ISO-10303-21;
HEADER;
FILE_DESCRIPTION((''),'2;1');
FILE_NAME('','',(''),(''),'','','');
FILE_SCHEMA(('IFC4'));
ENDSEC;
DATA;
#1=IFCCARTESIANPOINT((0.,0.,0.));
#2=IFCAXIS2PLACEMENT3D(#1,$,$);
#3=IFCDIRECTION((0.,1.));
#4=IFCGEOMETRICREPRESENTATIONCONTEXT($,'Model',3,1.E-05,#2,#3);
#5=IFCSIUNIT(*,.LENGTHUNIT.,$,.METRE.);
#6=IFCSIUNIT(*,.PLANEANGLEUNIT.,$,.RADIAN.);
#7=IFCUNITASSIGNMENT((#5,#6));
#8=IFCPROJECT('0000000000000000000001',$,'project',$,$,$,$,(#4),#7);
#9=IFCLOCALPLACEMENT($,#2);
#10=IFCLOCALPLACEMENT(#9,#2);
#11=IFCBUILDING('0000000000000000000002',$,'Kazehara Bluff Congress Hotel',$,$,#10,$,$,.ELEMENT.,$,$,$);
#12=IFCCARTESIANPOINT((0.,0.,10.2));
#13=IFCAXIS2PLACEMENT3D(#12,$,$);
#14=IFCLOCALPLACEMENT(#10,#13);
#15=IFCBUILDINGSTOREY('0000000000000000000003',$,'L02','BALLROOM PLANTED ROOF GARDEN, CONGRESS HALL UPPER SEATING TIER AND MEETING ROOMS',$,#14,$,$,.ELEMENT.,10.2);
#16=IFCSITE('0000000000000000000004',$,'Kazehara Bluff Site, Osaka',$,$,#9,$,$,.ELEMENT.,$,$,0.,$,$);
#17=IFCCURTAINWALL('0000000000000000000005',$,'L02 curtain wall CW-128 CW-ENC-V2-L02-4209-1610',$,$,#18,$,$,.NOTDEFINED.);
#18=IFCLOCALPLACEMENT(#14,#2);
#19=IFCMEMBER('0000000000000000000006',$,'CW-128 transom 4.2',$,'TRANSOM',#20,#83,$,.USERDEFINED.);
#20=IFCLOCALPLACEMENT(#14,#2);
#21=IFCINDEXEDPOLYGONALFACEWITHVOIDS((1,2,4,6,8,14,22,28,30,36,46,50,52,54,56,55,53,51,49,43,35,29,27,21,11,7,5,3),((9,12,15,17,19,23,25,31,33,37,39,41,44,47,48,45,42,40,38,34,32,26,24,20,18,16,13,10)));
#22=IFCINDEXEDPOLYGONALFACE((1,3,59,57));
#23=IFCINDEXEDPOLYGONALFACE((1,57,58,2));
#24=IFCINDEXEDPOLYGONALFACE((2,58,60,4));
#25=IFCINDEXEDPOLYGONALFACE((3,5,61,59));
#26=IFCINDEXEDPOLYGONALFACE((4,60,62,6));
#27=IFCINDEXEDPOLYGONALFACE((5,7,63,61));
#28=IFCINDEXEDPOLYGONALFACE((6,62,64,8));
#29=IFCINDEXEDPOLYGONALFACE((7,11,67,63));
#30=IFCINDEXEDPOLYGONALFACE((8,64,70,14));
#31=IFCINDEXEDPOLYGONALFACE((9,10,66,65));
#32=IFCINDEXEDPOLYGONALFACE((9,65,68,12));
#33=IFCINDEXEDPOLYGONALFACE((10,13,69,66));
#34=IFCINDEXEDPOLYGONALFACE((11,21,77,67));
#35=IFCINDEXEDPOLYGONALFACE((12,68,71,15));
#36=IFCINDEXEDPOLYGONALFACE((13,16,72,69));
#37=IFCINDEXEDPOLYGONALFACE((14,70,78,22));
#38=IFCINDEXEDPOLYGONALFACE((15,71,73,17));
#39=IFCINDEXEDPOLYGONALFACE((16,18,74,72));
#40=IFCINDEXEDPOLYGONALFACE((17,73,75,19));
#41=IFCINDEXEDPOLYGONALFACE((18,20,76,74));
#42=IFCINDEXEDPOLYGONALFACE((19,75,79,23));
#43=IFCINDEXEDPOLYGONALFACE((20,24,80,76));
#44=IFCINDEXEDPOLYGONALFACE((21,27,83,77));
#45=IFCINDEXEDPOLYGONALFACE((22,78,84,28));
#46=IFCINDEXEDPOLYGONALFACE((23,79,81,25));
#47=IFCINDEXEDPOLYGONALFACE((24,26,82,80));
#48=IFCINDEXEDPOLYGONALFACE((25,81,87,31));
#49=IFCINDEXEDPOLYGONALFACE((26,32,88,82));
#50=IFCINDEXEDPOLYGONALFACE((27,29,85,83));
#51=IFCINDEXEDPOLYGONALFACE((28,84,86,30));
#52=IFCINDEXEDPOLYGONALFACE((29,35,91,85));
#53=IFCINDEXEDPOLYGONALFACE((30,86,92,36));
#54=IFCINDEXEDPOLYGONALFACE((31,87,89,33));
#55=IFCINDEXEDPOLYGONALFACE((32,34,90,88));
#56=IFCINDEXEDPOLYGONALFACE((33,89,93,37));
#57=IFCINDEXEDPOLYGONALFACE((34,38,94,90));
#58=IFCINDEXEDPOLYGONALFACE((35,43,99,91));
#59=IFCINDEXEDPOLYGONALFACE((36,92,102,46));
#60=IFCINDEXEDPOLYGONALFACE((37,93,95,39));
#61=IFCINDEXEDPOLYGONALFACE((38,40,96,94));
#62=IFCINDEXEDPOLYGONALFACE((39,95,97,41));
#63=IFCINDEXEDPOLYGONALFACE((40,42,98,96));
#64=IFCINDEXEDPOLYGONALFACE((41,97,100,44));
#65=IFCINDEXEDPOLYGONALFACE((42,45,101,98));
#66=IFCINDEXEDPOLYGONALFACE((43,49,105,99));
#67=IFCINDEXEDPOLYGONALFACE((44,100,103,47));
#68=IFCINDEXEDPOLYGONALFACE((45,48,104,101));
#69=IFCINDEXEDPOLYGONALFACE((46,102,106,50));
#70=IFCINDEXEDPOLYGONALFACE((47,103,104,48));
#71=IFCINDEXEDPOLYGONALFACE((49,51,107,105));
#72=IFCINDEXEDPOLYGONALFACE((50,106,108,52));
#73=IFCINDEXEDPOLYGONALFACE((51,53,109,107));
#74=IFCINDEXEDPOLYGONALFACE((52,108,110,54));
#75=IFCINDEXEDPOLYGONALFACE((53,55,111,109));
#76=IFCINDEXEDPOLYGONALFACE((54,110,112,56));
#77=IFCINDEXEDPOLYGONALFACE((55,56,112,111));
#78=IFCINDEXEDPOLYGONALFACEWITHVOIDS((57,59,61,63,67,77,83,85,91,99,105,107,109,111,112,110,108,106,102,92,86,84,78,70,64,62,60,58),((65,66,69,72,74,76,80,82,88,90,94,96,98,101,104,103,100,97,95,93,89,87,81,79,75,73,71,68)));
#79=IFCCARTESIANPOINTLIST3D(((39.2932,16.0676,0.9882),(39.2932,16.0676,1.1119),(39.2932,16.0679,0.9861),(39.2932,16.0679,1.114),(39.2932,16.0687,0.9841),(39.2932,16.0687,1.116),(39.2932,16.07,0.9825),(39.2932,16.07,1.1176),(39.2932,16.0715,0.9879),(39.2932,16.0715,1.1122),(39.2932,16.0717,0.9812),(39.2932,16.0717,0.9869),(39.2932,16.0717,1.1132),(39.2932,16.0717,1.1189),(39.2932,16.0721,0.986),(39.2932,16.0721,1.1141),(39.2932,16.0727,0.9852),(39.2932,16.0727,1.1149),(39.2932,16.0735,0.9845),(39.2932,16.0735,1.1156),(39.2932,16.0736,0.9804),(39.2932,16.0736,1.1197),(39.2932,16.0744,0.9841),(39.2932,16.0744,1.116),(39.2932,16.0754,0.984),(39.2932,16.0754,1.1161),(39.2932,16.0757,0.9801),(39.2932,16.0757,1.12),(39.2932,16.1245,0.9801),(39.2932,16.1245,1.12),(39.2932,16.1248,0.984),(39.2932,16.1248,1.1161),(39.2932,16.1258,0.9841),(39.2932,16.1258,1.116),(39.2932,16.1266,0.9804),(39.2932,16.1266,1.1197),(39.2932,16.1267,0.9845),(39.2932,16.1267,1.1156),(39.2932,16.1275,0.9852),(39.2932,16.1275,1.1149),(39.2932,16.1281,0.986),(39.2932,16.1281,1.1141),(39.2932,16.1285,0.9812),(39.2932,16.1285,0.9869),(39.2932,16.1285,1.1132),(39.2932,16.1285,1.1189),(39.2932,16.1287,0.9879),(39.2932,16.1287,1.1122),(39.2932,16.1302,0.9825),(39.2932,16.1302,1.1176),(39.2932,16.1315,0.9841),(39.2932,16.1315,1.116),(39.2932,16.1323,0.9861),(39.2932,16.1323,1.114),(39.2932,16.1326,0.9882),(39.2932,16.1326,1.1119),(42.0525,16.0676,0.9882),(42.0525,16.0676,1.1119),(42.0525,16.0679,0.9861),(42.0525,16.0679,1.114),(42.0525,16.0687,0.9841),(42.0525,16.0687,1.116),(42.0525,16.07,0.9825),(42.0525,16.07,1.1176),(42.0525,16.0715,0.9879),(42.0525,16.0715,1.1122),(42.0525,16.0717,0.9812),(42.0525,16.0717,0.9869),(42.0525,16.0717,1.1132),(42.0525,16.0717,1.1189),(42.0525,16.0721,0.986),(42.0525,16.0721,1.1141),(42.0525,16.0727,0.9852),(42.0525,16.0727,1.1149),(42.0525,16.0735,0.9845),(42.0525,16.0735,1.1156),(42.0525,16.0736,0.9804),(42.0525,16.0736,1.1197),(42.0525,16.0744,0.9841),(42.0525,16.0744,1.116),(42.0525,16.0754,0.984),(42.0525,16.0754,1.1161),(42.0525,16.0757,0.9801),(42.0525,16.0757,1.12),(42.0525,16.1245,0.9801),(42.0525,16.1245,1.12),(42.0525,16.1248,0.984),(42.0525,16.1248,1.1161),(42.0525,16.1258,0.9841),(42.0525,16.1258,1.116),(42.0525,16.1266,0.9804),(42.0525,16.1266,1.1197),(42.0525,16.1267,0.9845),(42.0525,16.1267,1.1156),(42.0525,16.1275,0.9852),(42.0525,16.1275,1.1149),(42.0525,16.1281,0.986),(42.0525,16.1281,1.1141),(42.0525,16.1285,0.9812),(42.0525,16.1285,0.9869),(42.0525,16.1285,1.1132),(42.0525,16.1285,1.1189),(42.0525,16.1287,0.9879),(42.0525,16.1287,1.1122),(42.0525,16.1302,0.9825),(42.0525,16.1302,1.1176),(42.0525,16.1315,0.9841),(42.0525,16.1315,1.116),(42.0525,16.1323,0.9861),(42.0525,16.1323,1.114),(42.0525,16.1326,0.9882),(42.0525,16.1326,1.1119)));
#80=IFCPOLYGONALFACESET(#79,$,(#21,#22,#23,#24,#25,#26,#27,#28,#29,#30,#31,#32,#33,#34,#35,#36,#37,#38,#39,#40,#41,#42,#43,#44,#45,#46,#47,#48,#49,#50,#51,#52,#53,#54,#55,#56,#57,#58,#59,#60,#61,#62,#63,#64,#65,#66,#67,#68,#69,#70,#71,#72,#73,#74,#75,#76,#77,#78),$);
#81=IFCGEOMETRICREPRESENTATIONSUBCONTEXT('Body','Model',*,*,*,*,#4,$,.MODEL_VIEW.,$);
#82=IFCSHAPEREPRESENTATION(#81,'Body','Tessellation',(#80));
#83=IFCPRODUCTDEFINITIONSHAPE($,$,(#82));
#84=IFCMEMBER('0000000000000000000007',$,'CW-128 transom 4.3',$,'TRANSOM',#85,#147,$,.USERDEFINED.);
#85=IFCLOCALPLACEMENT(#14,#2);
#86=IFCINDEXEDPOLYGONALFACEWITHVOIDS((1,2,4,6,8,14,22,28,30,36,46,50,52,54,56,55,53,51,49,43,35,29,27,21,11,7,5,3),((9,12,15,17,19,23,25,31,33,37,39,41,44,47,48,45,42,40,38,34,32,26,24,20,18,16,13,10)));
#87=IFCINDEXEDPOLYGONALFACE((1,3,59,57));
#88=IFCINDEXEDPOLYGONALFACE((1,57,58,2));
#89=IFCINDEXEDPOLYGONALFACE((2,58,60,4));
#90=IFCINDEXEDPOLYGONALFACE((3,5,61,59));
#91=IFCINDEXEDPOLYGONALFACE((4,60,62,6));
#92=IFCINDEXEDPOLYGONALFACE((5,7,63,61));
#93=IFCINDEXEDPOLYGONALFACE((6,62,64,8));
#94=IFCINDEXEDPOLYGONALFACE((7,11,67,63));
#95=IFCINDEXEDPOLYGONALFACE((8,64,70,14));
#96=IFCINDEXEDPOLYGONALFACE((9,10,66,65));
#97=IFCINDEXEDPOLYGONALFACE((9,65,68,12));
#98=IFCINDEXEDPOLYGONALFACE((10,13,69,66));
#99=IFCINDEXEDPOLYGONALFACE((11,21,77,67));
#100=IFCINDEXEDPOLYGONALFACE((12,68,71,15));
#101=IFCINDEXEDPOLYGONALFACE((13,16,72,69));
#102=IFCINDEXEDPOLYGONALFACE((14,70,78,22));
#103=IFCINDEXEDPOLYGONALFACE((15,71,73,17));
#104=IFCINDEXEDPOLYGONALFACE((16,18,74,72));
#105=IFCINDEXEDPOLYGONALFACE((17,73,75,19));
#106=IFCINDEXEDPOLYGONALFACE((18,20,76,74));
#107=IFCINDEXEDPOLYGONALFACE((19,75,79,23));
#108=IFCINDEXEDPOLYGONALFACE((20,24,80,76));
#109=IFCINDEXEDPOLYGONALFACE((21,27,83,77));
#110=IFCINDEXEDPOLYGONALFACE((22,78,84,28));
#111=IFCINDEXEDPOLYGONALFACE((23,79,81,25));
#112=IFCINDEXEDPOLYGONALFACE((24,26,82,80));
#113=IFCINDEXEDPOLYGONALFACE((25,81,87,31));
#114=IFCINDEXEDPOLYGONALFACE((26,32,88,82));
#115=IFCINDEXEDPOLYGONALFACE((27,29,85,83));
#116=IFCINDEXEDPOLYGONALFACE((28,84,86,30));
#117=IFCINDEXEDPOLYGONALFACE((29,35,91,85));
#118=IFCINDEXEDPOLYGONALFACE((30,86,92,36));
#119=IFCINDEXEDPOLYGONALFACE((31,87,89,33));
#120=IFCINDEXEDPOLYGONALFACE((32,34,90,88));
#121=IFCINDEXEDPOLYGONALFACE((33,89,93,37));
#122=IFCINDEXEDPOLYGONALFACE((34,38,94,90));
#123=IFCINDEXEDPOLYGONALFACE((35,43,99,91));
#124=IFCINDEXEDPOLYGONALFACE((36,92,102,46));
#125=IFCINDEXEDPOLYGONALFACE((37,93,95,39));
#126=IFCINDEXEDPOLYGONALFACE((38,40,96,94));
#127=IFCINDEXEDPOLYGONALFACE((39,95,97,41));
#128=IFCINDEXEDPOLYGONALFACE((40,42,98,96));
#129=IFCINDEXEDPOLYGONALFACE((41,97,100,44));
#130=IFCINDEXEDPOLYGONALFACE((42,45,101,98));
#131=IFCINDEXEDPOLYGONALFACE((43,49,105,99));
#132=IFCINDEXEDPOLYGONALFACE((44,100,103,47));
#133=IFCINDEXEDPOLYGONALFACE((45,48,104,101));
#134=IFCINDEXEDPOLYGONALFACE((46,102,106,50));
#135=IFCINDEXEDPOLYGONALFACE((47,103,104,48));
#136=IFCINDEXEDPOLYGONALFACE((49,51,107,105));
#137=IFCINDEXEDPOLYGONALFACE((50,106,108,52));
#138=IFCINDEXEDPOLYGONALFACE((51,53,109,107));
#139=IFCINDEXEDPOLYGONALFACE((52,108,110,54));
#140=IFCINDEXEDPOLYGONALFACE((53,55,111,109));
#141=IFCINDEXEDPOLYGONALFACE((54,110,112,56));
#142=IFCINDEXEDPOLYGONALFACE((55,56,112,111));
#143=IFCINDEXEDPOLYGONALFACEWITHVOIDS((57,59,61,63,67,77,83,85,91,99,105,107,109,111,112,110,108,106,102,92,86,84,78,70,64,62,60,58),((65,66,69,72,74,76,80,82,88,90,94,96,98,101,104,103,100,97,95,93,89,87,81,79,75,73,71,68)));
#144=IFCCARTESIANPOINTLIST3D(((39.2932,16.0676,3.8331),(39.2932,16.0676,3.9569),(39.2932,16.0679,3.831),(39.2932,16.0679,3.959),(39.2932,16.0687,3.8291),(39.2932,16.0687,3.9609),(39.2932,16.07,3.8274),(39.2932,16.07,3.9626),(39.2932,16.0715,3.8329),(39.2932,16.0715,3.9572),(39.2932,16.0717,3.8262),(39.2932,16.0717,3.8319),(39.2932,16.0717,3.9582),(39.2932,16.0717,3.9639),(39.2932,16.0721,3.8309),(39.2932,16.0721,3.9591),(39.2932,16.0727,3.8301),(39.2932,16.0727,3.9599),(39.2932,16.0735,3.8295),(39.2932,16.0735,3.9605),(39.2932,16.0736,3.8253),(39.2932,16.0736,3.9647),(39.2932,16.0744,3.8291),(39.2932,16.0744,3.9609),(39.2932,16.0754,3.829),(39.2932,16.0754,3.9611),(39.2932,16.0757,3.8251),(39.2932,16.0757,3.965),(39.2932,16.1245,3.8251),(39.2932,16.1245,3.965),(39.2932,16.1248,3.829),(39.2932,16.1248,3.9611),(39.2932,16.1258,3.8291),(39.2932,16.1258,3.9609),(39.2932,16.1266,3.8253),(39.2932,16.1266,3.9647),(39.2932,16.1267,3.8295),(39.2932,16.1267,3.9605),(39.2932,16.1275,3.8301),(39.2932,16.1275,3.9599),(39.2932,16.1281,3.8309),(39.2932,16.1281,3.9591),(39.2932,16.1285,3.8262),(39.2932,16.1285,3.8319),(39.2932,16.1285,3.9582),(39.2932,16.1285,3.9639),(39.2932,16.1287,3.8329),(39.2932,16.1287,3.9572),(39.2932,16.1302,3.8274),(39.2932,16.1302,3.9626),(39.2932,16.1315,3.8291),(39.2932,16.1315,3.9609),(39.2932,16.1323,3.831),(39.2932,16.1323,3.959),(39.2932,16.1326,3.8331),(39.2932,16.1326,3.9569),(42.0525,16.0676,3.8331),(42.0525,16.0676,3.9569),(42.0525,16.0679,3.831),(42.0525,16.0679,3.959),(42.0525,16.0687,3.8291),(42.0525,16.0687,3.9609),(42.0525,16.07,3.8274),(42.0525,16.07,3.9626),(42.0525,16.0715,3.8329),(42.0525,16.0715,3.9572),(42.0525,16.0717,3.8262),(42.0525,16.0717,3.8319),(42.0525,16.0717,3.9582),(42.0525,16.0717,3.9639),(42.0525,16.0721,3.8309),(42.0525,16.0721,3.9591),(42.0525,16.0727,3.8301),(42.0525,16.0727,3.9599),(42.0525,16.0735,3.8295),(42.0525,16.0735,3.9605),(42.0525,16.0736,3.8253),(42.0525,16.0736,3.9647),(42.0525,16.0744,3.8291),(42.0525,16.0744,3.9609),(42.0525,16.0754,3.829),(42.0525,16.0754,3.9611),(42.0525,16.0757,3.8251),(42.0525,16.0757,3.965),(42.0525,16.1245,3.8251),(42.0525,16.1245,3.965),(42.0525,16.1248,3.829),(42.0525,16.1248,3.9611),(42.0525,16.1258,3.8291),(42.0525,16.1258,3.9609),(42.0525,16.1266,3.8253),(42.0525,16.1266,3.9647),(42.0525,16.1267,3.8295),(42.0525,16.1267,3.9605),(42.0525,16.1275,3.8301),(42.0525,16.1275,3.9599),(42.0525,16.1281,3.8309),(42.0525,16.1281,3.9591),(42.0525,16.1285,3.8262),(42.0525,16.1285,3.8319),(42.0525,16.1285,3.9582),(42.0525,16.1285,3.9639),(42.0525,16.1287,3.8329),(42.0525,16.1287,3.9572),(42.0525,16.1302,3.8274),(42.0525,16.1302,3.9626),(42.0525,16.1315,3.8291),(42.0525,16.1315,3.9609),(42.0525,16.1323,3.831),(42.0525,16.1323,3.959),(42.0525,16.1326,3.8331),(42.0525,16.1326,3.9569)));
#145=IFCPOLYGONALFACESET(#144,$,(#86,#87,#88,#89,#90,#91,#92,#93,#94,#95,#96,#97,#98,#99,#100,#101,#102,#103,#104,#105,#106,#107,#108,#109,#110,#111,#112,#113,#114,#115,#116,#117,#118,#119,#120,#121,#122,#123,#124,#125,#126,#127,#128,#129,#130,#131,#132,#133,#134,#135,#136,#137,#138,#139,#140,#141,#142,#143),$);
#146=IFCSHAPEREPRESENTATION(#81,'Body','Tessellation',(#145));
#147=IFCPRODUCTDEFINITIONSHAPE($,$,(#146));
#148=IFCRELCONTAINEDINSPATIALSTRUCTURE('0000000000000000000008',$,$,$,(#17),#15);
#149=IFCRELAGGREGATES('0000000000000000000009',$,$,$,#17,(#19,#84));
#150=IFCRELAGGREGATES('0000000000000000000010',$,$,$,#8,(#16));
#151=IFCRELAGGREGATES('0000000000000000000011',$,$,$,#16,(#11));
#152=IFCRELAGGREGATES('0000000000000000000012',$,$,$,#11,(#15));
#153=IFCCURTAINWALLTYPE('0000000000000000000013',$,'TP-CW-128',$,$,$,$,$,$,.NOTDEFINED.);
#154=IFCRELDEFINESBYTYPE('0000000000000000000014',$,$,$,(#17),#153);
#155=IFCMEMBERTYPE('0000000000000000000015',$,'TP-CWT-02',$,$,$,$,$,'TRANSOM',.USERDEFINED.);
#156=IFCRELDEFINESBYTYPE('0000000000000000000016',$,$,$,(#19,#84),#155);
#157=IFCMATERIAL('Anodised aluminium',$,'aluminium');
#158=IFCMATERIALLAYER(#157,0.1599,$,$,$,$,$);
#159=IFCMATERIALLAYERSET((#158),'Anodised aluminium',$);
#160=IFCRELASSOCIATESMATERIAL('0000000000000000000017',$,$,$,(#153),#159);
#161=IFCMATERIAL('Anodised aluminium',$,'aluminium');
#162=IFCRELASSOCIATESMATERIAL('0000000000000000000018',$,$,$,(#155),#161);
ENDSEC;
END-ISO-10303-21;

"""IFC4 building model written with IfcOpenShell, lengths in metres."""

from ifc_helpers import new_model, si_unit, direction, frame, origin, origin_2d, place, context, subcontext, project, spatial, hollow_rectangle, extrude, material, layer, layer_set, material_profile, profile_set, type_object, element, aggregate, save


model = new_model("IFC4")

# Units and contexts
model_context = context("Model", 3, precision=1e-05, world=origin(), true_north=direction((0.0, 1.0)))
body_context = subcontext(model_context, "Body", "Model", "MODEL_VIEW")
ifc_project = project(units=[si_unit("LENGTHUNIT", "METRE"), si_unit("PLANEANGLEUNIT", "RADIAN")], contexts=[model_context])

# Site, building, storey
site_placement = place(None, origin())
site = spatial("IfcSite", under=ifc_project, at=site_placement, Name="Kazehara Bluff Site, Osaka", CompositionType="ELEMENT", RefElevation=0.0)
building_placement = place(site_placement, origin())
building = spatial("IfcBuilding", under=site, at=building_placement, Name="Kazehara Bluff Congress Hotel", CompositionType="ELEMENT")
storey_placement = place(building_placement, frame((0.0, 0.0, 10.2)))
storey = spatial("IfcBuildingStorey", under=building, at=storey_placement, Name="L02", Description="BALLROOM PLANTED ROOF GARDEN, CONGRESS HALL UPPER SEATING TIER AND MEETING ROOMS", CompositionType="ELEMENT", Elevation=10.2)

# Curtain wall, members
ifc_material_1 = material(Name="Anodised aluminium", Category="aluminium")
ifc_layer_1 = layer(ifc_material_1, 0.1599)
ifc_layer_set_1 = layer_set([ifc_layer_1], Name="Anodised aluminium")
curtain_wall_type = type_object("IfcCurtainWallType", Name="TP-CW-128", PredefinedType="NOTDEFINED", material=ifc_layer_set_1)
curtain_wall_placement = place(storey_placement, origin())
curtain_wall = element("IfcCurtainWall", 1, at=curtain_wall_placement, inside=storey, type_object=curtain_wall_type, Name="L02 curtain wall CW-128 CW-ENC-V2-L02-4209-1610", PredefinedType="NOTDEFINED")
ifc_material_2 = material(Name="Anodised aluminium", Category="aluminium")
ifc_material_profile_1 = material_profile(ifc_material_2, hollow_rectangle(XDim=0.0649, YDim=0.1399, WallThickness=0.0039, InnerFilletRadius=0.0039, OuterFilletRadius=0.0081, at=origin_2d()))
ifc_profile_set_1 = profile_set([ifc_material_profile_1], Name="Anodised aluminium")
member_type_1 = type_object("IfcMemberType", Name="TP-CWT-02", ElementType="TRANSOM", PredefinedType="USERDEFINED", material=ifc_profile_set_1)
member_1_placement = place(storey_placement, frame((42.0525, 16.1001, 1.05), z_axis=(-1.0, 0.0, 0.0), x_axis=(0.0, -1.0, 0.0)))
member_1 = element("IfcMember", 2, at=member_1_placement, type_object=member_type_1, Name="CW-128 transom 4.2", ObjectType="TRANSOM", PredefinedType="USERDEFINED", context=body_context, shape_type="SweptSolid", body=[
    extrude(hollow_rectangle(XDim=0.0649, YDim=0.1399, WallThickness=0.0039, InnerFilletRadius=0.0039, OuterFilletRadius=0.0081, at=origin_2d()), origin(), (0.0, 0.0, 1.0), 2.7593),
])
member_2_placement = place(storey_placement, frame((42.0525, 16.1001, 3.895), z_axis=(-1.0, 0.0, 0.0), x_axis=(0.0, -1.0, 0.0)))
member_2 = element("IfcMember", 3, at=member_2_placement, type_object=member_type_1, Name="CW-128 transom 4.3", ObjectType="TRANSOM", PredefinedType="USERDEFINED", context=body_context, shape_type="SweptSolid", body=[
    extrude(hollow_rectangle(XDim=0.0649, YDim=0.1399, WallThickness=0.0039, InnerFilletRadius=0.0039, OuterFilletRadius=0.0081, at=origin_2d()), origin(), (0.0, 0.0, 1.0), 2.7593),
])
aggregate(curtain_wall, [member_1, member_2])

save(model, "model.ifc")
